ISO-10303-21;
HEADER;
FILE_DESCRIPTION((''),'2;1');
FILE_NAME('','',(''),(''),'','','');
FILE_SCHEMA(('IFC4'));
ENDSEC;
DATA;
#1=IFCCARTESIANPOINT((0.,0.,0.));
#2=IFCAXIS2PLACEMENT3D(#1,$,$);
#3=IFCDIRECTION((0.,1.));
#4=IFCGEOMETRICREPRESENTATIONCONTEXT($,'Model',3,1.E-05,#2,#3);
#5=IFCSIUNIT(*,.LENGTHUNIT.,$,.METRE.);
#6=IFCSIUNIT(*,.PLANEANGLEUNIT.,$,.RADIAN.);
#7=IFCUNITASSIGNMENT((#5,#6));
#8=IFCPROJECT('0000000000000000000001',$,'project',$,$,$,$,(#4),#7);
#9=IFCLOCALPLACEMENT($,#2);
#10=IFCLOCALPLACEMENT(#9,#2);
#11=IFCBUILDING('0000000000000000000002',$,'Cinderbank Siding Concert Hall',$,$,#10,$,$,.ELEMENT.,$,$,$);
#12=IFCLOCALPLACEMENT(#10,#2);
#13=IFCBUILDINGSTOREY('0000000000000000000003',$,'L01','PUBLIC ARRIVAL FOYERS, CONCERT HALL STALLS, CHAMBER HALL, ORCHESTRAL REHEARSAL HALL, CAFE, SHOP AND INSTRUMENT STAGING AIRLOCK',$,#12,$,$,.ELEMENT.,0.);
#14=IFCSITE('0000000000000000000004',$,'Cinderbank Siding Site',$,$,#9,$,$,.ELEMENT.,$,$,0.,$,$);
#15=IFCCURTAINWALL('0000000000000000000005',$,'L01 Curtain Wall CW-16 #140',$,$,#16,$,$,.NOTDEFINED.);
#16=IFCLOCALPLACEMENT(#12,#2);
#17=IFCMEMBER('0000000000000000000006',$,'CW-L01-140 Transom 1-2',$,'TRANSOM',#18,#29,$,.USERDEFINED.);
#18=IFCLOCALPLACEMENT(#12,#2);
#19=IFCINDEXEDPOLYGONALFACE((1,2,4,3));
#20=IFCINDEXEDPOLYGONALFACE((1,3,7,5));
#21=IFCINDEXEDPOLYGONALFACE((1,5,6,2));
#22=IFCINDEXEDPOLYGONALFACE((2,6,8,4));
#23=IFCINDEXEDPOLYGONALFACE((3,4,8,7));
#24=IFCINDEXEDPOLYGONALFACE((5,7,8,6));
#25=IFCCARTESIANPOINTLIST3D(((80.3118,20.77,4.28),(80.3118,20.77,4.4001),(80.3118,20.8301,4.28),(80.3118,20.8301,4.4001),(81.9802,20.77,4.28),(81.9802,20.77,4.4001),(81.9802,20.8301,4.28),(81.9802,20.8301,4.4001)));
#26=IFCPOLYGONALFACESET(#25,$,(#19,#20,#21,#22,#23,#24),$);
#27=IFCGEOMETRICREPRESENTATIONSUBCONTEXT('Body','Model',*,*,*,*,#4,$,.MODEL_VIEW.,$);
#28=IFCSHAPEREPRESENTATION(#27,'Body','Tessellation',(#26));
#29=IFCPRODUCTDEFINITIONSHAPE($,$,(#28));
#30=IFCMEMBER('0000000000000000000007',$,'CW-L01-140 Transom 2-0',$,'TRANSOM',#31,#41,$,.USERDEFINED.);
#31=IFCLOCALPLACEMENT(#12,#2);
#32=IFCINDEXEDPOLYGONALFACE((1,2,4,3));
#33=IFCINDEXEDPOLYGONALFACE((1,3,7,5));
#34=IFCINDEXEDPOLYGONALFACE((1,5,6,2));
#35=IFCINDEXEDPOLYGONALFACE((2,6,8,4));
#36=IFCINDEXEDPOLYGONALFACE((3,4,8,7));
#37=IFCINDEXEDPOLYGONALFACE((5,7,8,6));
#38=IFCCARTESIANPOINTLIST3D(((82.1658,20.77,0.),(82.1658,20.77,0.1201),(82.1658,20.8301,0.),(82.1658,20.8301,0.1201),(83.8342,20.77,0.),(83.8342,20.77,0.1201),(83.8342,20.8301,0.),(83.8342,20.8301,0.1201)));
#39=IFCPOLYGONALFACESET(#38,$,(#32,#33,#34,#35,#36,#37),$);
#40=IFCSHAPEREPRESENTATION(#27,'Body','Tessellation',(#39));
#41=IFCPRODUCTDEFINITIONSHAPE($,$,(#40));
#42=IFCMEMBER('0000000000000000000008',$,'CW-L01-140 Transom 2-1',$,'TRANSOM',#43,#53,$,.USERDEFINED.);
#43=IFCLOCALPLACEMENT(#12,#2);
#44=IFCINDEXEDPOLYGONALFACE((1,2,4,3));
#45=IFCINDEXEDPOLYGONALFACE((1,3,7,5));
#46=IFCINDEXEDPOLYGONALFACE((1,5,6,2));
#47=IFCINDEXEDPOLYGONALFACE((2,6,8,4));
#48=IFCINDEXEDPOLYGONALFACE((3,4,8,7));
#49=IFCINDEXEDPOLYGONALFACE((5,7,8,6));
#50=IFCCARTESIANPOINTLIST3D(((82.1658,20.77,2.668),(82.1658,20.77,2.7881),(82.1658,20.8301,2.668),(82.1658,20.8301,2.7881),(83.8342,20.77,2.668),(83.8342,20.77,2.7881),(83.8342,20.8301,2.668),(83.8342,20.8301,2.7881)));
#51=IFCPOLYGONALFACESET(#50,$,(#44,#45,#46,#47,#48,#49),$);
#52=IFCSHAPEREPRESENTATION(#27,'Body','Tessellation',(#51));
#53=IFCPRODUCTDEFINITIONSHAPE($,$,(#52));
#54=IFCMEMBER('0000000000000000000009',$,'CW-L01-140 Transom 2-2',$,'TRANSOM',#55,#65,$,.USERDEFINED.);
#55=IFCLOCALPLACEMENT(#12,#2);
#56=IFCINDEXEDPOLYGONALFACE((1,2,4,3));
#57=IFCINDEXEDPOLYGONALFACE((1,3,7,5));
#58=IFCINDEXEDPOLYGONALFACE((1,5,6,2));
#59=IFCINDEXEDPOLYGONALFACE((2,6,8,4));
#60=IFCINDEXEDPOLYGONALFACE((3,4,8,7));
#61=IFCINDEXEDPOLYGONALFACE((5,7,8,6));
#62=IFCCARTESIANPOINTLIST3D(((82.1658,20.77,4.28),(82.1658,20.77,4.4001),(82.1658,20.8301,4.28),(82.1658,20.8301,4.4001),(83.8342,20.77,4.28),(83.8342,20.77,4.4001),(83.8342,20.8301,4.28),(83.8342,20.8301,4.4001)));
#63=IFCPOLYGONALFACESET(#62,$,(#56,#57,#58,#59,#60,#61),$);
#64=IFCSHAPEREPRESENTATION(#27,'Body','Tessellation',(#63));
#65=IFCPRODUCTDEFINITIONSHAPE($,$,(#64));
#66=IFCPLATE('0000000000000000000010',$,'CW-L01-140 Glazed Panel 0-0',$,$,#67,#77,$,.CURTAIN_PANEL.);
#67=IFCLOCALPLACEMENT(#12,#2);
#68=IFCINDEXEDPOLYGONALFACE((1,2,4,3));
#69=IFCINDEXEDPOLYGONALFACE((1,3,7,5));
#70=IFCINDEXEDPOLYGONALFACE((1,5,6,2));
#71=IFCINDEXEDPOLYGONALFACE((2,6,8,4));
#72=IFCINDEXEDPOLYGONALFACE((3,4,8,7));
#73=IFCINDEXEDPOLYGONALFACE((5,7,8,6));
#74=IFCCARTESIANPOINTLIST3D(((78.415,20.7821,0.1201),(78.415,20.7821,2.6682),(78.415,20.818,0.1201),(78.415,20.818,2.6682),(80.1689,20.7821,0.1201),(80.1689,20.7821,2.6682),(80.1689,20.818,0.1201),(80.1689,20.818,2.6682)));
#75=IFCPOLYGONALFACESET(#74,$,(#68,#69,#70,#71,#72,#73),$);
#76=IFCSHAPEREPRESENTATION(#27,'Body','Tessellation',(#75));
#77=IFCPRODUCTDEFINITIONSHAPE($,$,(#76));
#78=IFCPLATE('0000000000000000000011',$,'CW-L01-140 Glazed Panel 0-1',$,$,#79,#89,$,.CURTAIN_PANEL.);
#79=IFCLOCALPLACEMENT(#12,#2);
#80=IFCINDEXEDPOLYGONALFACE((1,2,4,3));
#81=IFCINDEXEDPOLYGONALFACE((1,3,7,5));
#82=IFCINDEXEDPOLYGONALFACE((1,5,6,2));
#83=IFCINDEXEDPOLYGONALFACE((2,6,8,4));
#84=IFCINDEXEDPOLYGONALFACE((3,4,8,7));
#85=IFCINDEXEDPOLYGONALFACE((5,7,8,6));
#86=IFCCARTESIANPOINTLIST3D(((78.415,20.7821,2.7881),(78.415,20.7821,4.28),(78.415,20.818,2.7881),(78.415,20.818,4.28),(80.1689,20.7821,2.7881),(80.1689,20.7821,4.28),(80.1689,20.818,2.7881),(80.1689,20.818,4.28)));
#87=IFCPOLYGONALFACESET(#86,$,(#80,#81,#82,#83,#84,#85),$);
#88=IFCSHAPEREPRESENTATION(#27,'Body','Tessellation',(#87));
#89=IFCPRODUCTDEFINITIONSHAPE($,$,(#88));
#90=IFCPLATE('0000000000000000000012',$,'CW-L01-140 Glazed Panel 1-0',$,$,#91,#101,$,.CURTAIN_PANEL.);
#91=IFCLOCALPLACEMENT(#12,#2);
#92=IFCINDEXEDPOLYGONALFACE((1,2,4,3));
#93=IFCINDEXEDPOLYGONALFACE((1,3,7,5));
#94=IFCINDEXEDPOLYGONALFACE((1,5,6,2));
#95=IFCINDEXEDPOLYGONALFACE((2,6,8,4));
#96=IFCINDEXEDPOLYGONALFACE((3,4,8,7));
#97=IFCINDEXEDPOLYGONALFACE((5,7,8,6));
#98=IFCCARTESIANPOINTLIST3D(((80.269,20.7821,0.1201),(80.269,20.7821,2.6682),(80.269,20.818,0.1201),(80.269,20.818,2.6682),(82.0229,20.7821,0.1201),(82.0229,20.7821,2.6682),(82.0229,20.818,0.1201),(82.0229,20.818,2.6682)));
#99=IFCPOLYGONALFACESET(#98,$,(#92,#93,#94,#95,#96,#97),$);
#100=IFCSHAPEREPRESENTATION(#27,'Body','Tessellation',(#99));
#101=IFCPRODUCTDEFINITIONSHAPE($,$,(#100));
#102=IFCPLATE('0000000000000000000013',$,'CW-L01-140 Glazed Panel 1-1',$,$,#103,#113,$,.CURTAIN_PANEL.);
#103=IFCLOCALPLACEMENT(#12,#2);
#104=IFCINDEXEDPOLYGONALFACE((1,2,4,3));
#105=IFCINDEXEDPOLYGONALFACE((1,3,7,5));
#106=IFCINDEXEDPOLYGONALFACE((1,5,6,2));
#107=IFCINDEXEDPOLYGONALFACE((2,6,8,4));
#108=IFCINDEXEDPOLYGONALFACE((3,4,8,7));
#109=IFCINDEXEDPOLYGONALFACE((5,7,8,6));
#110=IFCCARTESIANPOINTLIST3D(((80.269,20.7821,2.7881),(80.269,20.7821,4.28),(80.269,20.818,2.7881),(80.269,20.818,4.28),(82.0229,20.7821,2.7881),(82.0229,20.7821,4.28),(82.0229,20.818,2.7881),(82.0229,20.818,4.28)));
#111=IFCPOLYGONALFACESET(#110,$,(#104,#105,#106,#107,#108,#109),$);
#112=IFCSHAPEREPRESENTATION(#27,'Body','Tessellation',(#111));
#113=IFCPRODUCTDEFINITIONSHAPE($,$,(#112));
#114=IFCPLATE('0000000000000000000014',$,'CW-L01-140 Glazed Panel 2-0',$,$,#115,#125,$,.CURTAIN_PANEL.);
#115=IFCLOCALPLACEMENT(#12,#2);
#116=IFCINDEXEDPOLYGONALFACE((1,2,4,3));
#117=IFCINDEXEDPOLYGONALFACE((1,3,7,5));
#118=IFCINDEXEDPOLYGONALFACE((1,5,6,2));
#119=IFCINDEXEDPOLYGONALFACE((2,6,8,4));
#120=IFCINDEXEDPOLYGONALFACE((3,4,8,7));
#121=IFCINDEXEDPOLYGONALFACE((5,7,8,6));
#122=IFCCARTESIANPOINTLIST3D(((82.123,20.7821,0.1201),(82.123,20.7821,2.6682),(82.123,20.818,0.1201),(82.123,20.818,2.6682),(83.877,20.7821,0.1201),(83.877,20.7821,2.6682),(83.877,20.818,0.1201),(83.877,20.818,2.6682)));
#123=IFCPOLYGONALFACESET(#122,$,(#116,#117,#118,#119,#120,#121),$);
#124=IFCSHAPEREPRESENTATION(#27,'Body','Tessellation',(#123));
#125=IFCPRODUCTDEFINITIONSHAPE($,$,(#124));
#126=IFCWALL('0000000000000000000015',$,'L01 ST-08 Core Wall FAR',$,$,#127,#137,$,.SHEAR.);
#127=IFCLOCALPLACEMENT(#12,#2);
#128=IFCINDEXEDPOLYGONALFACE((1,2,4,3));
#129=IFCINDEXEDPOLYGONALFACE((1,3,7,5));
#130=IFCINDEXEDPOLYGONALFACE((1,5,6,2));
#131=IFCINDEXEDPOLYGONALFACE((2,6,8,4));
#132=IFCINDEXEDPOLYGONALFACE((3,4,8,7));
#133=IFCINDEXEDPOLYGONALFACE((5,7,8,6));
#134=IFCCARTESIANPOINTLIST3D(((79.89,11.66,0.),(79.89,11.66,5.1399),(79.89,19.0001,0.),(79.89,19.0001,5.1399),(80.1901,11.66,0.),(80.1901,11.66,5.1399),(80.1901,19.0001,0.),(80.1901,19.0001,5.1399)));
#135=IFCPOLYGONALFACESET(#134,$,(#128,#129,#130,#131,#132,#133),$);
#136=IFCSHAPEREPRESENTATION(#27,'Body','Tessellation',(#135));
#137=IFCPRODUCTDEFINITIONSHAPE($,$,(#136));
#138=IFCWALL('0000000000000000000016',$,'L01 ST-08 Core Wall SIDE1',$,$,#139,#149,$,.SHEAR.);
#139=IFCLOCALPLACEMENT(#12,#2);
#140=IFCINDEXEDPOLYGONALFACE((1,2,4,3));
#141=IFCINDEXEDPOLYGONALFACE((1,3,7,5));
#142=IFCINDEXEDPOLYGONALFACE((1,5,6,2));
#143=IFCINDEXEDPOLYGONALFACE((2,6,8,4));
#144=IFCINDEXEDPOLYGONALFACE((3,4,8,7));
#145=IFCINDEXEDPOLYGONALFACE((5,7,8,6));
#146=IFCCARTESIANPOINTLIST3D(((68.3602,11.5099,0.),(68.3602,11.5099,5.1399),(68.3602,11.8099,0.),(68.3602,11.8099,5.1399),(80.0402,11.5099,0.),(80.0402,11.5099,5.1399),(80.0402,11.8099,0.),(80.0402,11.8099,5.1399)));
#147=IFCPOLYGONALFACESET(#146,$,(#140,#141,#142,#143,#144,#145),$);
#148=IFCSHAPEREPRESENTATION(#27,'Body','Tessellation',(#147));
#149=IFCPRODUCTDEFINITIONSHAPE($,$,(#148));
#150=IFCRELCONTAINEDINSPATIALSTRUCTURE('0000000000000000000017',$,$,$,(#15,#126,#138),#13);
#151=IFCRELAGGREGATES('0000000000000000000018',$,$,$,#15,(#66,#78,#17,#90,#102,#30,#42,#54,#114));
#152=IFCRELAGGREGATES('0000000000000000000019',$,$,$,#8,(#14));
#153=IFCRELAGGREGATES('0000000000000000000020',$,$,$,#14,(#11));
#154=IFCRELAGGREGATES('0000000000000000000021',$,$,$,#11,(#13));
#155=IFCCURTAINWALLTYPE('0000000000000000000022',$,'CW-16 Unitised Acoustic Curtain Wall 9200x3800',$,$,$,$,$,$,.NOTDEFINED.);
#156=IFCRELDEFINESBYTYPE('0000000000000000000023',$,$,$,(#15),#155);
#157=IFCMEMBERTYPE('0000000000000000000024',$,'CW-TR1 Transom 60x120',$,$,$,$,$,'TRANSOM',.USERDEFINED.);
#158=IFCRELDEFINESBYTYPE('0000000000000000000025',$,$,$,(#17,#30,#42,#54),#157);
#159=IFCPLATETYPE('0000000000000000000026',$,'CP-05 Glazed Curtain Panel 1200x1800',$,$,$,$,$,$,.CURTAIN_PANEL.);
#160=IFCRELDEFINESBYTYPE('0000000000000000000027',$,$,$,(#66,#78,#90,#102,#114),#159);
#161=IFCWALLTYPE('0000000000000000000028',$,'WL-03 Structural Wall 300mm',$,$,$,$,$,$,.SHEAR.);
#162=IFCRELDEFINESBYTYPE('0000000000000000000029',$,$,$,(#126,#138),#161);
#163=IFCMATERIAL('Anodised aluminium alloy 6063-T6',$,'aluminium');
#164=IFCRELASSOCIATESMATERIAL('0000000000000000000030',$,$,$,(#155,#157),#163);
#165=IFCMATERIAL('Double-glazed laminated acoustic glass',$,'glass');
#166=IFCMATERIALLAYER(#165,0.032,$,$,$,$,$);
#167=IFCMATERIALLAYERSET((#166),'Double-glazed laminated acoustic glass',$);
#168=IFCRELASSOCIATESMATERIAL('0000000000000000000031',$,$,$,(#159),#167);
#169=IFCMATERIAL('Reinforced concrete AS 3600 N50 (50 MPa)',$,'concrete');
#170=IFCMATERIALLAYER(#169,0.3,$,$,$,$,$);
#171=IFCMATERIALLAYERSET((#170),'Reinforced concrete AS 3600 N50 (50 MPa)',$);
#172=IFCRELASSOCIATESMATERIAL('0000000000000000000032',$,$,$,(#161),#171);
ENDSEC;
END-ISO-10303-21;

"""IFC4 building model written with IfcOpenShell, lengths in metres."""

from ifc_helpers import new_model, si_unit, direction, frame, frame_2d, origin, origin_2d, place, context, subcontext, project, spatial, rectangle, extrude, material, layer, layer_set, material_profile, profile_set, type_object, element, aggregate, save


model = new_model("IFC4")

# Units and contexts
model_context = context("Model", 3, precision=1e-05, world=origin(), true_north=direction((0.0, 1.0)))
body_context = subcontext(model_context, "Body", "Model", "MODEL_VIEW")
ifc_project = project(units=[si_unit("LENGTHUNIT", "METRE"), si_unit("PLANEANGLEUNIT", "RADIAN")], contexts=[model_context])

# Site, building, storey
site_placement = place(None, origin())
site = spatial("IfcSite", under=ifc_project, at=site_placement, Name="Cinderbank Siding Site", CompositionType="ELEMENT", RefElevation=0.0)
building_placement = place(site_placement, origin())
building = spatial("IfcBuilding", under=site, at=building_placement, Name="Cinderbank Siding Concert Hall", CompositionType="ELEMENT")
storey_placement = place(building_placement, origin())
storey = spatial("IfcBuildingStorey", under=building, at=storey_placement, Name="L01", Description="PUBLIC ARRIVAL FOYERS, CONCERT HALL STALLS, CHAMBER HALL, ORCHESTRAL REHEARSAL HALL, CAFE, SHOP AND INSTRUMENT STAGING AIRLOCK", CompositionType="ELEMENT", Elevation=0.0)

# Shared definitions
ifc_material_1 = material(Name="Reinforced concrete AS 3600 N50 (50 MPa)", Category="concrete")

# Curtain wall, members, plates
ifc_material_2 = material(Name="Anodised aluminium alloy 6063-T6", Category="aluminium")
curtain_wall_type = type_object("IfcCurtainWallType", Name="CW-16 Unitised Acoustic Curtain Wall 9200x3800", PredefinedType="NOTDEFINED", material=ifc_material_2)
curtain_wall_placement = place(storey_placement, origin())
curtain_wall = element("IfcCurtainWall", 1, at=curtain_wall_placement, inside=storey, type_object=curtain_wall_type, Name="L01 Curtain Wall CW-16 #140", PredefinedType="NOTDEFINED")
ifc_material_profile_1 = material_profile(ifc_material_2, rectangle(XDim=0.0601, YDim=0.1201, at=origin_2d()), Name="ALU-TRAN-60x120", Category="LoadBearing")
ifc_profile_set_1 = profile_set([ifc_material_profile_1], Name="Anodised aluminium alloy 6063-T6")
member_type_1 = type_object("IfcMemberType", Name="CW-TR1 Transom 60x120", ElementType="TRANSOM", PredefinedType="USERDEFINED", material=ifc_profile_set_1)
member_1_placement = place(storey_placement, frame((80.3118, 20.8, 4.3401), z_axis=(1.0, 0.0, 0.0), x_axis=(0.0, 1.0, 0.0)))
member_1 = element("IfcMember", 2, at=member_1_placement, type_object=member_type_1, Name="CW-L01-140 Transom 1-2", ObjectType="TRANSOM", PredefinedType="USERDEFINED", context=body_context, shape_type="SweptSolid", body=[
    extrude(rectangle(XDim=0.0601, YDim=0.1201, at=origin_2d()), origin(), (0.0, 0.0, 1.0), 1.6685),
])
member_2_placement = place(storey_placement, frame((82.1658, 20.8, 0.0601), z_axis=(1.0, 0.0, 0.0), x_axis=(0.0, 1.0, 0.0)))
member_2 = element("IfcMember", 3, at=member_2_placement, type_object=member_type_1, Name="CW-L01-140 Transom 2-0", ObjectType="TRANSOM", PredefinedType="USERDEFINED", context=body_context, shape_type="SweptSolid", body=[
    extrude(rectangle(XDim=0.0601, YDim=0.1201, at=origin_2d()), origin(), (0.0, 0.0, 1.0), 1.6685),
])
member_3_placement = place(storey_placement, frame((82.1658, 20.8, 2.728), z_axis=(1.0, 0.0, 0.0), x_axis=(0.0, 1.0, 0.0)))
member_3 = element("IfcMember", 4, at=member_3_placement, type_object=member_type_1, Name="CW-L01-140 Transom 2-1", ObjectType="TRANSOM", PredefinedType="USERDEFINED", context=body_context, shape_type="SweptSolid", body=[
    extrude(rectangle(XDim=0.0601, YDim=0.1201, at=origin_2d()), origin(), (0.0, 0.0, 1.0), 1.6685),
])
member_4_placement = place(storey_placement, frame((82.1658, 20.8, 4.3401), z_axis=(1.0, 0.0, 0.0), x_axis=(0.0, 1.0, 0.0)))
member_4 = element("IfcMember", 5, at=member_4_placement, type_object=member_type_1, Name="CW-L01-140 Transom 2-2", ObjectType="TRANSOM", PredefinedType="USERDEFINED", context=body_context, shape_type="SweptSolid", body=[
    extrude(rectangle(XDim=0.0601, YDim=0.1201, at=origin_2d()), origin(), (0.0, 0.0, 1.0), 1.6685),
])
ifc_material_3 = material(Name="Double-glazed laminated acoustic glass", Category="glass")
ifc_layer_1 = layer(ifc_material_3, 0.032)
ifc_layer_set_1 = layer_set([ifc_layer_1], Name="Double-glazed laminated acoustic glass")
plate_type = type_object("IfcPlateType", Name="CP-05 Glazed Curtain Panel 1200x1800", PredefinedType="CURTAIN_PANEL", material=ifc_layer_set_1)
plate_1_placement = place(storey_placement, frame((79.292, 20.8, 0.1201), z_axis=(0.0, 0.0, 1.0), x_axis=(1.0, 0.0, 0.0)))
plate_1 = element("IfcPlate", 6, at=plate_1_placement, type_object=plate_type, Name="CW-L01-140 Glazed Panel 0-0", PredefinedType="CURTAIN_PANEL", context=body_context, shape_type="SweptSolid", body=[
    extrude(rectangle(XDim=1.7539, YDim=0.0359, at=origin_2d()), origin(), (0.0, 0.0, 1.0), 2.5481),
])
plate_2_placement = place(storey_placement, frame((79.292, 20.8, 2.7881), z_axis=(0.0, 0.0, 1.0), x_axis=(1.0, 0.0, 0.0)))
plate_2 = element("IfcPlate", 7, at=plate_2_placement, type_object=plate_type, Name="CW-L01-140 Glazed Panel 0-1", PredefinedType="CURTAIN_PANEL", context=body_context, shape_type="SweptSolid", body=[
    extrude(rectangle(XDim=1.7539, YDim=0.0359, at=origin_2d()), origin(), (0.0, 0.0, 1.0), 1.4919),
])
plate_3_placement = place(storey_placement, frame((81.146, 20.8, 0.1201), z_axis=(0.0, 0.0, 1.0), x_axis=(1.0, 0.0, 0.0)))
plate_3 = element("IfcPlate", 8, at=plate_3_placement, type_object=plate_type, Name="CW-L01-140 Glazed Panel 1-0", PredefinedType="CURTAIN_PANEL", context=body_context, shape_type="SweptSolid", body=[
    extrude(rectangle(XDim=1.7539, YDim=0.0359, at=origin_2d()), origin(), (0.0, 0.0, 1.0), 2.5481),
])
plate_4_placement = place(storey_placement, frame((81.146, 20.8, 2.7881), z_axis=(0.0, 0.0, 1.0), x_axis=(1.0, 0.0, 0.0)))
plate_4 = element("IfcPlate", 9, at=plate_4_placement, type_object=plate_type, Name="CW-L01-140 Glazed Panel 1-1", PredefinedType="CURTAIN_PANEL", context=body_context, shape_type="SweptSolid", body=[
    extrude(rectangle(XDim=1.7539, YDim=0.0359, at=origin_2d()), origin(), (0.0, 0.0, 1.0), 1.4919),
])
plate_5_placement = place(storey_placement, frame((83.0, 20.8, 0.1201), z_axis=(0.0, 0.0, 1.0), x_axis=(1.0, 0.0, 0.0)))
plate_5 = element("IfcPlate", 10, at=plate_5_placement, type_object=plate_type, Name="CW-L01-140 Glazed Panel 2-0", PredefinedType="CURTAIN_PANEL", context=body_context, shape_type="SweptSolid", body=[
    extrude(rectangle(XDim=1.7539, YDim=0.0359, at=origin_2d()), origin(), (0.0, 0.0, 1.0), 2.5481),
])
aggregate(curtain_wall, [plate_1, plate_2, member_1, plate_3, plate_4, member_2, member_3, member_4, plate_5])

# Walls
ifc_layer_2 = layer(ifc_material_1, 0.3)
ifc_layer_set_2 = layer_set([ifc_layer_2], Name="Reinforced concrete AS 3600 N50 (50 MPa)")
wall_type_1 = type_object("IfcWallType", Name="WL-03 Structural Wall 300mm", PredefinedType="SHEAR", material=ifc_layer_set_2)
wall_1_placement = place(storey_placement, frame((80.04, 19.0, 0.0), z_axis=(0.0, 0.0, 1.0), x_axis=(0.0, -1.0, 0.0)))
element("IfcWall", 11, at=wall_1_placement, inside=storey, type_object=wall_type_1, Name="L01 ST-08 Core Wall FAR", PredefinedType="SHEAR", context=body_context, shape_type="SweptSolid", body=[
    extrude(rectangle(XDim=7.3401, YDim=0.3, at=frame_2d((3.6699, 0.0))), origin(), (0.0, 0.0, 1.0), 5.1399),
])
wall_2_placement = place(storey_placement, frame((80.04, 11.6599, 0.0), z_axis=(0.0, 0.0, 1.0), x_axis=(-1.0, 0.0, 0.0)))
element("IfcWall", 12, at=wall_2_placement, inside=storey, type_object=wall_type_1, Name="L01 ST-08 Core Wall SIDE1", PredefinedType="SHEAR", context=body_context, shape_type="SweptSolid", body=[
    extrude(rectangle(XDim=11.6799, YDim=0.3, at=frame_2d((5.8398, 0.0))), origin(), (0.0, 0.0, 1.0), 5.1399),
])

save(model, "model.ifc")
